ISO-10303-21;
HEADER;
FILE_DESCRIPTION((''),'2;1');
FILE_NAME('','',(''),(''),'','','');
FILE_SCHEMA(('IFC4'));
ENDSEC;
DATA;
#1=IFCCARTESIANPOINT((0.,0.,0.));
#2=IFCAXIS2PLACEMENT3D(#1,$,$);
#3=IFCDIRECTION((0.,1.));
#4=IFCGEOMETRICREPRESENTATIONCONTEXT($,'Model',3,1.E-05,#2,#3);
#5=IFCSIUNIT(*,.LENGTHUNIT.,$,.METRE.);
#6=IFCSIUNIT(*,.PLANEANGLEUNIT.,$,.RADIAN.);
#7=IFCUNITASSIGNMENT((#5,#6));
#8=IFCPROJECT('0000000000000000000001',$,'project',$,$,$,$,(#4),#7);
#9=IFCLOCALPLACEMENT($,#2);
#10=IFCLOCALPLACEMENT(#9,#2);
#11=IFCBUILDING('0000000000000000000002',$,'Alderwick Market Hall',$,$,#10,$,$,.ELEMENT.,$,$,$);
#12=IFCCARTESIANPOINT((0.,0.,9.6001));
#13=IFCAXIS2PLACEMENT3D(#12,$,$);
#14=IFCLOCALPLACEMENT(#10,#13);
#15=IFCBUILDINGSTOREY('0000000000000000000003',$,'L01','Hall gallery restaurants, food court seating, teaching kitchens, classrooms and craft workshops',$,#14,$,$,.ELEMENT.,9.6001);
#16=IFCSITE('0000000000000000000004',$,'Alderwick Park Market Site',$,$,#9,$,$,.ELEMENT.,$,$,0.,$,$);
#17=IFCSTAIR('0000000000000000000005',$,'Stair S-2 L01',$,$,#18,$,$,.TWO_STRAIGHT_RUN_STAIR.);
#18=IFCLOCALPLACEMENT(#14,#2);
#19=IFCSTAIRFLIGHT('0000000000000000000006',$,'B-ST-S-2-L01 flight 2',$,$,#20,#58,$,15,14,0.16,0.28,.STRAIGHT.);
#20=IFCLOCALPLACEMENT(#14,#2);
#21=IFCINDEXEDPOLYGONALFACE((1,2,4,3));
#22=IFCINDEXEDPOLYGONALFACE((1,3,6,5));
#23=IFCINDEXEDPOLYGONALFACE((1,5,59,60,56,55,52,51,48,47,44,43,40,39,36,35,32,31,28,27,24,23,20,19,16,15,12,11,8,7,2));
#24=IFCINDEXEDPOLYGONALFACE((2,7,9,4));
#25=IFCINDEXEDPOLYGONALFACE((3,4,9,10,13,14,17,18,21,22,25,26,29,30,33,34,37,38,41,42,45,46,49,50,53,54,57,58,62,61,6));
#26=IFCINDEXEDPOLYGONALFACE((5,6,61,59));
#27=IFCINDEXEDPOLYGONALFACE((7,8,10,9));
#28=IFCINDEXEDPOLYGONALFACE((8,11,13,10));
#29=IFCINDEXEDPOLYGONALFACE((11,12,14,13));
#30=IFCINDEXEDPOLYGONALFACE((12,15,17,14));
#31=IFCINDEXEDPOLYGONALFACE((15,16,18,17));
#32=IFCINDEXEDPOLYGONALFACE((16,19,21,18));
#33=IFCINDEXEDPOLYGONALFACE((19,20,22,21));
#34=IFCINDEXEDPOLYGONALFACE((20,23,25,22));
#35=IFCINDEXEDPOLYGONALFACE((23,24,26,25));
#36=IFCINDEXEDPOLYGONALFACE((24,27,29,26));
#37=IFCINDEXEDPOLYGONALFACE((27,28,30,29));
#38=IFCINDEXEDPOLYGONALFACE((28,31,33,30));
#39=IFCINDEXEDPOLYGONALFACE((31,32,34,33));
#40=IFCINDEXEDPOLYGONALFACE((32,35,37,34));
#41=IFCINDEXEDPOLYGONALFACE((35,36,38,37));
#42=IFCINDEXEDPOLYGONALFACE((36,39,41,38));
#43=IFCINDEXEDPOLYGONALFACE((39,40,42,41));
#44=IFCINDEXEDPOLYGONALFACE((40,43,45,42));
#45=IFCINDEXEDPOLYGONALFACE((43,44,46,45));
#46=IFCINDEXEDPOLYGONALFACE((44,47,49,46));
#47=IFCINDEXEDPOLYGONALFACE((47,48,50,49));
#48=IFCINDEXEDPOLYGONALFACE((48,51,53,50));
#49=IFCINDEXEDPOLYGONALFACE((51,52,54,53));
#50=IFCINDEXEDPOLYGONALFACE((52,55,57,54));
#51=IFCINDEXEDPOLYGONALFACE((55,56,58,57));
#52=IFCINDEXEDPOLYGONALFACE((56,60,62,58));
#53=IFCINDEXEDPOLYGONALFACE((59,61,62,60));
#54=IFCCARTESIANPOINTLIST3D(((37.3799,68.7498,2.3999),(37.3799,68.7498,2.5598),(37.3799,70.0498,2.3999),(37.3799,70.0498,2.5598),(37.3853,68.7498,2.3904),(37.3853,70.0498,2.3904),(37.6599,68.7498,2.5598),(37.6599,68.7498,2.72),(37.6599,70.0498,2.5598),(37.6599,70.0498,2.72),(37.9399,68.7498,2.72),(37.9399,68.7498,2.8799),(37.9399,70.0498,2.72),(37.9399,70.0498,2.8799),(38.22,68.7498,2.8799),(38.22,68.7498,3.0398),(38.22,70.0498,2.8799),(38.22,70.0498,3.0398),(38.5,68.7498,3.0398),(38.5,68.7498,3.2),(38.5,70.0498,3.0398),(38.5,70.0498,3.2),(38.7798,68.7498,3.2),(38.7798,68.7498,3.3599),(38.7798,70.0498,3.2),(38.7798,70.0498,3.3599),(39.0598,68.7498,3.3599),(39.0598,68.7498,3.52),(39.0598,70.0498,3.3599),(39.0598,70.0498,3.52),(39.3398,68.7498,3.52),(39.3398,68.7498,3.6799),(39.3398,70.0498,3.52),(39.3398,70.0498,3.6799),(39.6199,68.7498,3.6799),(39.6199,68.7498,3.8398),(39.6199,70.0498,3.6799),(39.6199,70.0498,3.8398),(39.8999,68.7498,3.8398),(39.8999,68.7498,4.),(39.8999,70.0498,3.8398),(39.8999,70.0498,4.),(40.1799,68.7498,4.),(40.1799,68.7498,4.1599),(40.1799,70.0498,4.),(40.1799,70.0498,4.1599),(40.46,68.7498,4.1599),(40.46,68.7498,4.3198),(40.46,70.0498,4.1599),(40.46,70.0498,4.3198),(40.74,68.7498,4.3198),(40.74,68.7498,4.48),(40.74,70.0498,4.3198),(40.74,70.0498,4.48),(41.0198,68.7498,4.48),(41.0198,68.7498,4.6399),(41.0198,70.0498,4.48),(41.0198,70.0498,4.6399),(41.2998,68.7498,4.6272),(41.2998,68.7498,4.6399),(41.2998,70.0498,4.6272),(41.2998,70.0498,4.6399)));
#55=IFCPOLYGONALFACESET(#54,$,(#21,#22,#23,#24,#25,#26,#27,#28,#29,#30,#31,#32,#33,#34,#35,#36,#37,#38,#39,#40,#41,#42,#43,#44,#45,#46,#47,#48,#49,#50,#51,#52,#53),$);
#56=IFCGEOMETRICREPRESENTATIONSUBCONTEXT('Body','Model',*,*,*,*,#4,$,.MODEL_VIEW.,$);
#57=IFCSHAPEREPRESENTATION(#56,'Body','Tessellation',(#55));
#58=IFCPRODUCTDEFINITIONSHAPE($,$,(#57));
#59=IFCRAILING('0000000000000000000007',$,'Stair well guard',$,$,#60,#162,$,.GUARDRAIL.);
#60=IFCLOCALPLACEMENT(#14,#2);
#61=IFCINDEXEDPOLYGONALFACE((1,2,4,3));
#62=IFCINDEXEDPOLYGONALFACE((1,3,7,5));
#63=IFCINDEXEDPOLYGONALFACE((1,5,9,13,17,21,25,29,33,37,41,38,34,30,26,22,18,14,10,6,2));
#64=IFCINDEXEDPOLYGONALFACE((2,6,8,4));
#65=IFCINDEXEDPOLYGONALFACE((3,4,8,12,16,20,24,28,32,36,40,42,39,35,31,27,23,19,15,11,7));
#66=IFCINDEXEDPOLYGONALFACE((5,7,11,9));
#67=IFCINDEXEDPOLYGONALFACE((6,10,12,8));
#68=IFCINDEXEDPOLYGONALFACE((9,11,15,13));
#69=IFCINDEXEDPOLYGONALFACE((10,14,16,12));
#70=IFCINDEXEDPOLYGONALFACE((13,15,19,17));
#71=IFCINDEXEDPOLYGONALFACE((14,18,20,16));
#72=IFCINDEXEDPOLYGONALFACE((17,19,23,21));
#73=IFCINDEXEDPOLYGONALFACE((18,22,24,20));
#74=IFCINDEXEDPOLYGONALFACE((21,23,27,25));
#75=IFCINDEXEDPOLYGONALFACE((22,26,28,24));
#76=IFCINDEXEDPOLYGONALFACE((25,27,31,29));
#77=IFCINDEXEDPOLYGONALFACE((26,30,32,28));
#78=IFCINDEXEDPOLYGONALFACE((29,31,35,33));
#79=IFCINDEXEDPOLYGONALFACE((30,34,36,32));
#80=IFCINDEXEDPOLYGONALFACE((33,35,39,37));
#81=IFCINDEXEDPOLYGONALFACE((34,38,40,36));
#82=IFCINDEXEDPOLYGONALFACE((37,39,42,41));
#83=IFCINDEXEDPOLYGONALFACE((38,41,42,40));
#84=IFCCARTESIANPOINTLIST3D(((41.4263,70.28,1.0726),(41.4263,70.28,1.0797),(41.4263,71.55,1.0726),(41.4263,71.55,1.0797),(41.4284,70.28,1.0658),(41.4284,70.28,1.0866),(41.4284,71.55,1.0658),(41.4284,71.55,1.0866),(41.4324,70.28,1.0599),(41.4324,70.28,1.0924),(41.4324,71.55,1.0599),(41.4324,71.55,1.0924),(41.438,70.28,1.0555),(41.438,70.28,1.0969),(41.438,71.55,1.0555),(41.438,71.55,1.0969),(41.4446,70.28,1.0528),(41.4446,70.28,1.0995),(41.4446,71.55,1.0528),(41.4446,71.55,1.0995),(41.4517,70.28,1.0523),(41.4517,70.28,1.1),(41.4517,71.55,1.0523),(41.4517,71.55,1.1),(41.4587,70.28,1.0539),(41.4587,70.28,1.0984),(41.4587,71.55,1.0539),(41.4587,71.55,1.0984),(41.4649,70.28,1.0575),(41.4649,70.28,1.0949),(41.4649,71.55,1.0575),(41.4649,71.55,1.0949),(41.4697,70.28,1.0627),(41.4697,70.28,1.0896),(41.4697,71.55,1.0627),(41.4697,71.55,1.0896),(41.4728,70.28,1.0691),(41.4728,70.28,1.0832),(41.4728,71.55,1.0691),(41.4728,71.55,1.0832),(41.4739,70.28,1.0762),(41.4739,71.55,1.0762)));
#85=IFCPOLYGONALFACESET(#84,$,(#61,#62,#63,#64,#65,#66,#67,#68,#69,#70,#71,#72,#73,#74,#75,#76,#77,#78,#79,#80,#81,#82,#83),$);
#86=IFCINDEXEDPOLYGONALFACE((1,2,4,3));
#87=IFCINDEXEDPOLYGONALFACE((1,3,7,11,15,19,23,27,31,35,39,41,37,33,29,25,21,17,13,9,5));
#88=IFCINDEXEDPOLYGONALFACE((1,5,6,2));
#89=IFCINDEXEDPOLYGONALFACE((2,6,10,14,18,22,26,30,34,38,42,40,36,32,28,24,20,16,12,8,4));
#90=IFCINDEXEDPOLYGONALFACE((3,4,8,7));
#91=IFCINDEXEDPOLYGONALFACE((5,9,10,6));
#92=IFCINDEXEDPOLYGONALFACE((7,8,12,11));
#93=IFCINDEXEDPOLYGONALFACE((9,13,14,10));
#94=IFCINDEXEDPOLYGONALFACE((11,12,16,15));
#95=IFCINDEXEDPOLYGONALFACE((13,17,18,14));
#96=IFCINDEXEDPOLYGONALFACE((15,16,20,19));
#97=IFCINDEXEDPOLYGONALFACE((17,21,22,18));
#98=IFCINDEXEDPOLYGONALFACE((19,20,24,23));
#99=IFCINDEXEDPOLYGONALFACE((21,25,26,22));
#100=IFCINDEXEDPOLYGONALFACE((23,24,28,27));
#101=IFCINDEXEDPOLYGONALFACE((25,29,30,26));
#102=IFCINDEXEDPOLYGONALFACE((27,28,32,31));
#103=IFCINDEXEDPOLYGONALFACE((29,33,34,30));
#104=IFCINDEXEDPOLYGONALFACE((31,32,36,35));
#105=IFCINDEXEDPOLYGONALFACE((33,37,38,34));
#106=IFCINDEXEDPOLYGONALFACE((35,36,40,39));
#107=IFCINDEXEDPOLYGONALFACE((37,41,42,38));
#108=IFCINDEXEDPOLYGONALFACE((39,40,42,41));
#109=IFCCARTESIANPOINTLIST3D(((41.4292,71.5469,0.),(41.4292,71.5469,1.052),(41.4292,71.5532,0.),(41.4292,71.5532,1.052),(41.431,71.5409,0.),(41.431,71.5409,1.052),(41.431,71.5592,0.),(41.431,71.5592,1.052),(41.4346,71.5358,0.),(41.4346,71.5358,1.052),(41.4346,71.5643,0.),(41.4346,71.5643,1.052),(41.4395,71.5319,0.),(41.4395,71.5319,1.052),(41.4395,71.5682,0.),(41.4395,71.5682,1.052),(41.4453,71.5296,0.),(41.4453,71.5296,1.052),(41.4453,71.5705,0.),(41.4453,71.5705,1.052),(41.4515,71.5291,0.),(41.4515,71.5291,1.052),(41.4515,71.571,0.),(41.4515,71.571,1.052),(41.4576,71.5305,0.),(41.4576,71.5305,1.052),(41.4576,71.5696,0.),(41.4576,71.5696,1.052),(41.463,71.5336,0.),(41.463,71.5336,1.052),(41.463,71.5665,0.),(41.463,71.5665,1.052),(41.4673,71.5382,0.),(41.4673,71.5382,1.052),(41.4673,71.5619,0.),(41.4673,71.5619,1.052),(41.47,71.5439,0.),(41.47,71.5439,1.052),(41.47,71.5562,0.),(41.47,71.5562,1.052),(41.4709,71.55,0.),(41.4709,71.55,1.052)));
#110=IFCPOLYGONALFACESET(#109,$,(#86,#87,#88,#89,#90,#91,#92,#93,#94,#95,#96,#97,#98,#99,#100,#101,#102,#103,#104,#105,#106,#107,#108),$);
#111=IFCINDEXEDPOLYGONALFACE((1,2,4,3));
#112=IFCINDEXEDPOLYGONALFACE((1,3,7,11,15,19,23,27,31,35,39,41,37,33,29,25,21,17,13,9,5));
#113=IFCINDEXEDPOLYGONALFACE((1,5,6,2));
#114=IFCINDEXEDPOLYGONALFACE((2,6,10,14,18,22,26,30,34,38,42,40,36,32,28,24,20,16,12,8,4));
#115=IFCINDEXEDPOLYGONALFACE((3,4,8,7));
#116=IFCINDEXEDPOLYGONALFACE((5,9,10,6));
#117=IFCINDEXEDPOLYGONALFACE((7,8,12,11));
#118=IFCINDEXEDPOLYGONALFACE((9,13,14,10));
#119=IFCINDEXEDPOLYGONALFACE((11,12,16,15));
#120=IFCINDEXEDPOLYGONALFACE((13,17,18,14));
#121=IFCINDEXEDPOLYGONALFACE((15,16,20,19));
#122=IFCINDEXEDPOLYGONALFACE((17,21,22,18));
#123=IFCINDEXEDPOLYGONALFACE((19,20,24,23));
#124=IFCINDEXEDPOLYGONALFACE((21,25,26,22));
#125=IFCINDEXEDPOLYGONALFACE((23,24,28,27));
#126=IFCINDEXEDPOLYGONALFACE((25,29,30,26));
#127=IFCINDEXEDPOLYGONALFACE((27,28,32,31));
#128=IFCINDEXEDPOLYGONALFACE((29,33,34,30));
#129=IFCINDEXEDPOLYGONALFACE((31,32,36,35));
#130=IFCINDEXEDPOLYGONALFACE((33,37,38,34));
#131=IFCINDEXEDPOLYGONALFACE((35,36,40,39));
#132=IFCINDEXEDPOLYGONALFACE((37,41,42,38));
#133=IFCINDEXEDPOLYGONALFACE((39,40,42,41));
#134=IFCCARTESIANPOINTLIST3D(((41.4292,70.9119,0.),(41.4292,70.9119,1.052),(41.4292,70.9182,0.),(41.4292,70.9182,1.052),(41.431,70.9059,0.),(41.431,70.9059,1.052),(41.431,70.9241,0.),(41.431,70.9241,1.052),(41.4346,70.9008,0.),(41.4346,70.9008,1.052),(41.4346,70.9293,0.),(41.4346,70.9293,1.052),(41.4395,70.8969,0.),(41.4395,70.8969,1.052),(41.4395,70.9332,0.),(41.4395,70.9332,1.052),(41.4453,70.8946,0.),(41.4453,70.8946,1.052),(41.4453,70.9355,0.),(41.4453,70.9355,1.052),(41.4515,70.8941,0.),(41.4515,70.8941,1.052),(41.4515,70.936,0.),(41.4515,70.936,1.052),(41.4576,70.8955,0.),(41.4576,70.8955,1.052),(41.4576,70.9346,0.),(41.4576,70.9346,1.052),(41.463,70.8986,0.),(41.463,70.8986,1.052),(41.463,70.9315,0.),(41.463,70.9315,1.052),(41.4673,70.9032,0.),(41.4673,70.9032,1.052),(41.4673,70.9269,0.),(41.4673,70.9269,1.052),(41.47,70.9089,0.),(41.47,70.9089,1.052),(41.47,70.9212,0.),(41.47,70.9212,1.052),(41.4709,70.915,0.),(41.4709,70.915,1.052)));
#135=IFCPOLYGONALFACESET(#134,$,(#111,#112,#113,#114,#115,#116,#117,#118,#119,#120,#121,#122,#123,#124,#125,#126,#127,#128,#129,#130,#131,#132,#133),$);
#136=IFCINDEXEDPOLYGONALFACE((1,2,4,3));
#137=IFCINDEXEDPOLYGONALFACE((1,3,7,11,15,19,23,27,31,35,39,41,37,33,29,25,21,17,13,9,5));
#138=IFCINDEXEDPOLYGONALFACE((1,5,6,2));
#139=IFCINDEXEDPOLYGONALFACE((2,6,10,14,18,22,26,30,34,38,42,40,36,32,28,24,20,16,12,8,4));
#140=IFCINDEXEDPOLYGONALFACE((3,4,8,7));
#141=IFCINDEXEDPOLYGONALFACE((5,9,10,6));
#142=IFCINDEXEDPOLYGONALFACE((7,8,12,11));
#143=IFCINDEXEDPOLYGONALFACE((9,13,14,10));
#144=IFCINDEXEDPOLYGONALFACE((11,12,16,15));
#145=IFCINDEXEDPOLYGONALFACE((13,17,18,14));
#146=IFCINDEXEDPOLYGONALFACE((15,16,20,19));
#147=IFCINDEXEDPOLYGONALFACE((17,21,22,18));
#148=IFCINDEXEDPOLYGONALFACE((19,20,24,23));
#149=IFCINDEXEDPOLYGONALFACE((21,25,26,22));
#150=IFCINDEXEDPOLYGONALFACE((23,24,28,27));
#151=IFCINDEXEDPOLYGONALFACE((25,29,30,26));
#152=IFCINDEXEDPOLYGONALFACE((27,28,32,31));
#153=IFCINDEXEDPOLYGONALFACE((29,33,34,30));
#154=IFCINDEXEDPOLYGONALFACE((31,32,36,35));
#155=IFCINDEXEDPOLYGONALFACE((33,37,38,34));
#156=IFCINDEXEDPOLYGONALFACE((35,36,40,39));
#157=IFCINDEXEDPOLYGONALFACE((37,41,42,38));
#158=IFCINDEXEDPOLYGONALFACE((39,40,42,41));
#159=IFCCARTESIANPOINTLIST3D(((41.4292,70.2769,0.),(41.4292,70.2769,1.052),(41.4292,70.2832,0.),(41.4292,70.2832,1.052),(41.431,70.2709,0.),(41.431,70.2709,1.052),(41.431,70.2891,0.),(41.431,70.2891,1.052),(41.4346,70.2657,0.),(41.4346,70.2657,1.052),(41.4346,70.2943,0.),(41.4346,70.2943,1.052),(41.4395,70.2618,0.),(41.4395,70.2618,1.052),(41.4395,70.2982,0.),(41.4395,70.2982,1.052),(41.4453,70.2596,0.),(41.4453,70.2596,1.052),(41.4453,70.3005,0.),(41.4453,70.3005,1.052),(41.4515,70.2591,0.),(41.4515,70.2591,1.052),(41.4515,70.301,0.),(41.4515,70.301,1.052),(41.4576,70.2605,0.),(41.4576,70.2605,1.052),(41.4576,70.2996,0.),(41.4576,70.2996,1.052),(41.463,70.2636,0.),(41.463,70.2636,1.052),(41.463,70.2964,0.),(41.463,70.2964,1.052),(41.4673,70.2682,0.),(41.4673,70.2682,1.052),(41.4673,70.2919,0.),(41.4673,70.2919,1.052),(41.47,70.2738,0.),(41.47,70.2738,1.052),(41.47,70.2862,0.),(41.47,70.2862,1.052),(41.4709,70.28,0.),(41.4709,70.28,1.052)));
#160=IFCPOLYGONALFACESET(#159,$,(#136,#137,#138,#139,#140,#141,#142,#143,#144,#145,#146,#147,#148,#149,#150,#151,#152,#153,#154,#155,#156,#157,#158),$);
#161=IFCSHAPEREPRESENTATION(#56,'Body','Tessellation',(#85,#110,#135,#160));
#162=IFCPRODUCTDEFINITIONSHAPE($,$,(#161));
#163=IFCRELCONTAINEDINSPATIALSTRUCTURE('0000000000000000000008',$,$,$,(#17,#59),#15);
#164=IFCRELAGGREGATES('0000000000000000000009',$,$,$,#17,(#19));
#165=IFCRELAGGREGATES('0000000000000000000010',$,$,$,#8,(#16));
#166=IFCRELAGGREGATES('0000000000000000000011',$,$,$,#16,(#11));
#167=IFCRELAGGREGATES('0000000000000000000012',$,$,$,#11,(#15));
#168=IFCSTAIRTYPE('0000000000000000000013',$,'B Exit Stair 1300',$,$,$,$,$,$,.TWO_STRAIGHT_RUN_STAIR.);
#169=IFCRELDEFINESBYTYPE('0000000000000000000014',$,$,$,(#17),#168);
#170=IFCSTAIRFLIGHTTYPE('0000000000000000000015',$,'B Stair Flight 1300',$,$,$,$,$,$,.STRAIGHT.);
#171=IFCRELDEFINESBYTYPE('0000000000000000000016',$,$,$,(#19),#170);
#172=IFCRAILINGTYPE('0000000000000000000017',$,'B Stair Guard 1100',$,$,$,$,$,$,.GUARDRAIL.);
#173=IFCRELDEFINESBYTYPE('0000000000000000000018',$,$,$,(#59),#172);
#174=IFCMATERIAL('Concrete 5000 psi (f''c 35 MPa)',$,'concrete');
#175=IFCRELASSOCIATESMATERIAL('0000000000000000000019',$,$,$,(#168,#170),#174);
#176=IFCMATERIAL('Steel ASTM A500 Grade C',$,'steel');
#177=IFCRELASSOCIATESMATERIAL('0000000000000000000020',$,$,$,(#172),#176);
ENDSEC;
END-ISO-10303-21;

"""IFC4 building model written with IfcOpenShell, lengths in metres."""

from ifc_helpers import new_model, si_unit, direction, frame, origin, origin_2d, place, context, subcontext, project, spatial, polyline, circle, outline, extrude, material, type_object, element, aggregate, save


model = new_model("IFC4")

# Units and contexts
model_context = context("Model", 3, precision=1e-05, world=origin(), true_north=direction((0.0, 1.0)))
body_context = subcontext(model_context, "Body", "Model", "MODEL_VIEW")
ifc_project = project(units=[si_unit("LENGTHUNIT", "METRE"), si_unit("PLANEANGLEUNIT", "RADIAN")], contexts=[model_context])

# Site, building, storey
site_placement = place(None, origin())
site = spatial("IfcSite", under=ifc_project, at=site_placement, Name="Alderwick Park Market Site", CompositionType="ELEMENT", RefElevation=0.0)
building_placement = place(site_placement, origin())
building = spatial("IfcBuilding", under=site, at=building_placement, Name="Alderwick Market Hall", CompositionType="ELEMENT")
storey_placement = place(building_placement, frame((0.0, 0.0, 9.6001)))
storey = spatial("IfcBuildingStorey", under=building, at=storey_placement, Name="L01", Description="Hall gallery restaurants, food court seating, teaching kitchens, classrooms and craft workshops", CompositionType="ELEMENT", Elevation=9.6001)

# Shared definitions
ifc_material_1 = material(Name="Concrete 5000 psi (f'c 35 MPa)", Category="concrete")

# Stair, stair flight
stair_type = type_object("IfcStairType", Name="B Exit Stair 1300", PredefinedType="TWO_STRAIGHT_RUN_STAIR", material=ifc_material_1)
stair_placement = place(storey_placement, origin())
stair = element("IfcStair", 1, at=stair_placement, inside=storey, type_object=stair_type, Name="Stair S-2 L01", PredefinedType="TWO_STRAIGHT_RUN_STAIR")
stair_flight_type = type_object("IfcStairFlightType", Name="B Stair Flight 1300", PredefinedType="STRAIGHT", material=ifc_material_1)
stair_flight_1_placement = place(storey_placement, frame((37.3799, 69.3999, 2.3999), z_axis=(0.0, 0.0, 1.0), x_axis=(1.0, 0.0, 0.0)))
stair_flight_1 = element("IfcStairFlight", 2, at=stair_flight_1_placement, type_object=stair_flight_type, Name="B-ST-S-2-L01 flight 2", NumberOfRisers=15, NumberOfTreads=14, PredefinedType="STRAIGHT", RiserHeight=0.16, TreadLength=0.28, context=body_context, shape_type="SweptSolid", body=[
    extrude(outline(polyline([(0.0054, -0.0095), (0.0, 0.0), (0.0, 0.1599), (0.28, 0.1599), (0.28, 0.3201), (0.5601, 0.3201), (0.5601, 0.48), (0.8401, 0.48), (0.8401, 0.6399), (1.1201, 0.6399), (1.1201, 0.8), (1.3999, 0.8), (1.3999, 0.96), (1.6799, 0.96), (1.6799, 1.1201), (1.96, 1.1201), (1.96, 1.28), (2.24, 1.28), (2.24, 1.4399), (2.52, 1.4399), (2.52, 1.6001), (2.8, 1.6001), (2.8, 1.76), (3.0801, 1.76), (3.0801, 1.9199), (3.3601, 1.9199), (3.3601, 2.0801), (3.6399, 2.0801), (3.6399, 2.24), (3.9199, 2.24), (3.9199, 2.2273), (0.0054, -0.0095)])), frame((0.0, 0.6499, 0.0), z_axis=(0.0, -1.0, 0.0), x_axis=(1.0, 0.0, 0.0)), (0.0, 0.0, 1.0), 1.3),
])
aggregate(stair, [stair_flight_1])

# Railing
ifc_material_2 = material(Name="Steel ASTM A500 Grade C", Category="steel")
railing_type = type_object("IfcRailingType", Name="B Stair Guard 1100", PredefinedType="GUARDRAIL", material=ifc_material_2)
railing_placement = place(storey_placement, frame((41.45, 71.55, 0.0)))
element("IfcRailing", 3, at=railing_placement, inside=storey, type_object=railing_type, Name="Stair well guard", PredefinedType="GUARDRAIL", context=body_context, shape_type="SweptSolid", body=[
    extrude(circle(Radius=0.0239, at=origin_2d()), frame((0.0, 0.0, 1.0762), z_axis=(0.0, -1.0, 0.0), x_axis=(1.0, 0.0, 0.0)), (0.0, 0.0, 1.0), 1.27),
    extrude(circle(Radius=0.021, at=origin_2d()), origin(), (0.0, 0.0, 1.0), 1.052),
    extrude(circle(Radius=0.021, at=origin_2d()), frame((0.0, -0.635, 0.0)), (0.0, 0.0, 1.0), 1.052),
    extrude(circle(Radius=0.021, at=origin_2d()), frame((0.0, -1.27, 0.0)), (0.0, 0.0, 1.0), 1.052),
])

save(model, "model.ifc")
